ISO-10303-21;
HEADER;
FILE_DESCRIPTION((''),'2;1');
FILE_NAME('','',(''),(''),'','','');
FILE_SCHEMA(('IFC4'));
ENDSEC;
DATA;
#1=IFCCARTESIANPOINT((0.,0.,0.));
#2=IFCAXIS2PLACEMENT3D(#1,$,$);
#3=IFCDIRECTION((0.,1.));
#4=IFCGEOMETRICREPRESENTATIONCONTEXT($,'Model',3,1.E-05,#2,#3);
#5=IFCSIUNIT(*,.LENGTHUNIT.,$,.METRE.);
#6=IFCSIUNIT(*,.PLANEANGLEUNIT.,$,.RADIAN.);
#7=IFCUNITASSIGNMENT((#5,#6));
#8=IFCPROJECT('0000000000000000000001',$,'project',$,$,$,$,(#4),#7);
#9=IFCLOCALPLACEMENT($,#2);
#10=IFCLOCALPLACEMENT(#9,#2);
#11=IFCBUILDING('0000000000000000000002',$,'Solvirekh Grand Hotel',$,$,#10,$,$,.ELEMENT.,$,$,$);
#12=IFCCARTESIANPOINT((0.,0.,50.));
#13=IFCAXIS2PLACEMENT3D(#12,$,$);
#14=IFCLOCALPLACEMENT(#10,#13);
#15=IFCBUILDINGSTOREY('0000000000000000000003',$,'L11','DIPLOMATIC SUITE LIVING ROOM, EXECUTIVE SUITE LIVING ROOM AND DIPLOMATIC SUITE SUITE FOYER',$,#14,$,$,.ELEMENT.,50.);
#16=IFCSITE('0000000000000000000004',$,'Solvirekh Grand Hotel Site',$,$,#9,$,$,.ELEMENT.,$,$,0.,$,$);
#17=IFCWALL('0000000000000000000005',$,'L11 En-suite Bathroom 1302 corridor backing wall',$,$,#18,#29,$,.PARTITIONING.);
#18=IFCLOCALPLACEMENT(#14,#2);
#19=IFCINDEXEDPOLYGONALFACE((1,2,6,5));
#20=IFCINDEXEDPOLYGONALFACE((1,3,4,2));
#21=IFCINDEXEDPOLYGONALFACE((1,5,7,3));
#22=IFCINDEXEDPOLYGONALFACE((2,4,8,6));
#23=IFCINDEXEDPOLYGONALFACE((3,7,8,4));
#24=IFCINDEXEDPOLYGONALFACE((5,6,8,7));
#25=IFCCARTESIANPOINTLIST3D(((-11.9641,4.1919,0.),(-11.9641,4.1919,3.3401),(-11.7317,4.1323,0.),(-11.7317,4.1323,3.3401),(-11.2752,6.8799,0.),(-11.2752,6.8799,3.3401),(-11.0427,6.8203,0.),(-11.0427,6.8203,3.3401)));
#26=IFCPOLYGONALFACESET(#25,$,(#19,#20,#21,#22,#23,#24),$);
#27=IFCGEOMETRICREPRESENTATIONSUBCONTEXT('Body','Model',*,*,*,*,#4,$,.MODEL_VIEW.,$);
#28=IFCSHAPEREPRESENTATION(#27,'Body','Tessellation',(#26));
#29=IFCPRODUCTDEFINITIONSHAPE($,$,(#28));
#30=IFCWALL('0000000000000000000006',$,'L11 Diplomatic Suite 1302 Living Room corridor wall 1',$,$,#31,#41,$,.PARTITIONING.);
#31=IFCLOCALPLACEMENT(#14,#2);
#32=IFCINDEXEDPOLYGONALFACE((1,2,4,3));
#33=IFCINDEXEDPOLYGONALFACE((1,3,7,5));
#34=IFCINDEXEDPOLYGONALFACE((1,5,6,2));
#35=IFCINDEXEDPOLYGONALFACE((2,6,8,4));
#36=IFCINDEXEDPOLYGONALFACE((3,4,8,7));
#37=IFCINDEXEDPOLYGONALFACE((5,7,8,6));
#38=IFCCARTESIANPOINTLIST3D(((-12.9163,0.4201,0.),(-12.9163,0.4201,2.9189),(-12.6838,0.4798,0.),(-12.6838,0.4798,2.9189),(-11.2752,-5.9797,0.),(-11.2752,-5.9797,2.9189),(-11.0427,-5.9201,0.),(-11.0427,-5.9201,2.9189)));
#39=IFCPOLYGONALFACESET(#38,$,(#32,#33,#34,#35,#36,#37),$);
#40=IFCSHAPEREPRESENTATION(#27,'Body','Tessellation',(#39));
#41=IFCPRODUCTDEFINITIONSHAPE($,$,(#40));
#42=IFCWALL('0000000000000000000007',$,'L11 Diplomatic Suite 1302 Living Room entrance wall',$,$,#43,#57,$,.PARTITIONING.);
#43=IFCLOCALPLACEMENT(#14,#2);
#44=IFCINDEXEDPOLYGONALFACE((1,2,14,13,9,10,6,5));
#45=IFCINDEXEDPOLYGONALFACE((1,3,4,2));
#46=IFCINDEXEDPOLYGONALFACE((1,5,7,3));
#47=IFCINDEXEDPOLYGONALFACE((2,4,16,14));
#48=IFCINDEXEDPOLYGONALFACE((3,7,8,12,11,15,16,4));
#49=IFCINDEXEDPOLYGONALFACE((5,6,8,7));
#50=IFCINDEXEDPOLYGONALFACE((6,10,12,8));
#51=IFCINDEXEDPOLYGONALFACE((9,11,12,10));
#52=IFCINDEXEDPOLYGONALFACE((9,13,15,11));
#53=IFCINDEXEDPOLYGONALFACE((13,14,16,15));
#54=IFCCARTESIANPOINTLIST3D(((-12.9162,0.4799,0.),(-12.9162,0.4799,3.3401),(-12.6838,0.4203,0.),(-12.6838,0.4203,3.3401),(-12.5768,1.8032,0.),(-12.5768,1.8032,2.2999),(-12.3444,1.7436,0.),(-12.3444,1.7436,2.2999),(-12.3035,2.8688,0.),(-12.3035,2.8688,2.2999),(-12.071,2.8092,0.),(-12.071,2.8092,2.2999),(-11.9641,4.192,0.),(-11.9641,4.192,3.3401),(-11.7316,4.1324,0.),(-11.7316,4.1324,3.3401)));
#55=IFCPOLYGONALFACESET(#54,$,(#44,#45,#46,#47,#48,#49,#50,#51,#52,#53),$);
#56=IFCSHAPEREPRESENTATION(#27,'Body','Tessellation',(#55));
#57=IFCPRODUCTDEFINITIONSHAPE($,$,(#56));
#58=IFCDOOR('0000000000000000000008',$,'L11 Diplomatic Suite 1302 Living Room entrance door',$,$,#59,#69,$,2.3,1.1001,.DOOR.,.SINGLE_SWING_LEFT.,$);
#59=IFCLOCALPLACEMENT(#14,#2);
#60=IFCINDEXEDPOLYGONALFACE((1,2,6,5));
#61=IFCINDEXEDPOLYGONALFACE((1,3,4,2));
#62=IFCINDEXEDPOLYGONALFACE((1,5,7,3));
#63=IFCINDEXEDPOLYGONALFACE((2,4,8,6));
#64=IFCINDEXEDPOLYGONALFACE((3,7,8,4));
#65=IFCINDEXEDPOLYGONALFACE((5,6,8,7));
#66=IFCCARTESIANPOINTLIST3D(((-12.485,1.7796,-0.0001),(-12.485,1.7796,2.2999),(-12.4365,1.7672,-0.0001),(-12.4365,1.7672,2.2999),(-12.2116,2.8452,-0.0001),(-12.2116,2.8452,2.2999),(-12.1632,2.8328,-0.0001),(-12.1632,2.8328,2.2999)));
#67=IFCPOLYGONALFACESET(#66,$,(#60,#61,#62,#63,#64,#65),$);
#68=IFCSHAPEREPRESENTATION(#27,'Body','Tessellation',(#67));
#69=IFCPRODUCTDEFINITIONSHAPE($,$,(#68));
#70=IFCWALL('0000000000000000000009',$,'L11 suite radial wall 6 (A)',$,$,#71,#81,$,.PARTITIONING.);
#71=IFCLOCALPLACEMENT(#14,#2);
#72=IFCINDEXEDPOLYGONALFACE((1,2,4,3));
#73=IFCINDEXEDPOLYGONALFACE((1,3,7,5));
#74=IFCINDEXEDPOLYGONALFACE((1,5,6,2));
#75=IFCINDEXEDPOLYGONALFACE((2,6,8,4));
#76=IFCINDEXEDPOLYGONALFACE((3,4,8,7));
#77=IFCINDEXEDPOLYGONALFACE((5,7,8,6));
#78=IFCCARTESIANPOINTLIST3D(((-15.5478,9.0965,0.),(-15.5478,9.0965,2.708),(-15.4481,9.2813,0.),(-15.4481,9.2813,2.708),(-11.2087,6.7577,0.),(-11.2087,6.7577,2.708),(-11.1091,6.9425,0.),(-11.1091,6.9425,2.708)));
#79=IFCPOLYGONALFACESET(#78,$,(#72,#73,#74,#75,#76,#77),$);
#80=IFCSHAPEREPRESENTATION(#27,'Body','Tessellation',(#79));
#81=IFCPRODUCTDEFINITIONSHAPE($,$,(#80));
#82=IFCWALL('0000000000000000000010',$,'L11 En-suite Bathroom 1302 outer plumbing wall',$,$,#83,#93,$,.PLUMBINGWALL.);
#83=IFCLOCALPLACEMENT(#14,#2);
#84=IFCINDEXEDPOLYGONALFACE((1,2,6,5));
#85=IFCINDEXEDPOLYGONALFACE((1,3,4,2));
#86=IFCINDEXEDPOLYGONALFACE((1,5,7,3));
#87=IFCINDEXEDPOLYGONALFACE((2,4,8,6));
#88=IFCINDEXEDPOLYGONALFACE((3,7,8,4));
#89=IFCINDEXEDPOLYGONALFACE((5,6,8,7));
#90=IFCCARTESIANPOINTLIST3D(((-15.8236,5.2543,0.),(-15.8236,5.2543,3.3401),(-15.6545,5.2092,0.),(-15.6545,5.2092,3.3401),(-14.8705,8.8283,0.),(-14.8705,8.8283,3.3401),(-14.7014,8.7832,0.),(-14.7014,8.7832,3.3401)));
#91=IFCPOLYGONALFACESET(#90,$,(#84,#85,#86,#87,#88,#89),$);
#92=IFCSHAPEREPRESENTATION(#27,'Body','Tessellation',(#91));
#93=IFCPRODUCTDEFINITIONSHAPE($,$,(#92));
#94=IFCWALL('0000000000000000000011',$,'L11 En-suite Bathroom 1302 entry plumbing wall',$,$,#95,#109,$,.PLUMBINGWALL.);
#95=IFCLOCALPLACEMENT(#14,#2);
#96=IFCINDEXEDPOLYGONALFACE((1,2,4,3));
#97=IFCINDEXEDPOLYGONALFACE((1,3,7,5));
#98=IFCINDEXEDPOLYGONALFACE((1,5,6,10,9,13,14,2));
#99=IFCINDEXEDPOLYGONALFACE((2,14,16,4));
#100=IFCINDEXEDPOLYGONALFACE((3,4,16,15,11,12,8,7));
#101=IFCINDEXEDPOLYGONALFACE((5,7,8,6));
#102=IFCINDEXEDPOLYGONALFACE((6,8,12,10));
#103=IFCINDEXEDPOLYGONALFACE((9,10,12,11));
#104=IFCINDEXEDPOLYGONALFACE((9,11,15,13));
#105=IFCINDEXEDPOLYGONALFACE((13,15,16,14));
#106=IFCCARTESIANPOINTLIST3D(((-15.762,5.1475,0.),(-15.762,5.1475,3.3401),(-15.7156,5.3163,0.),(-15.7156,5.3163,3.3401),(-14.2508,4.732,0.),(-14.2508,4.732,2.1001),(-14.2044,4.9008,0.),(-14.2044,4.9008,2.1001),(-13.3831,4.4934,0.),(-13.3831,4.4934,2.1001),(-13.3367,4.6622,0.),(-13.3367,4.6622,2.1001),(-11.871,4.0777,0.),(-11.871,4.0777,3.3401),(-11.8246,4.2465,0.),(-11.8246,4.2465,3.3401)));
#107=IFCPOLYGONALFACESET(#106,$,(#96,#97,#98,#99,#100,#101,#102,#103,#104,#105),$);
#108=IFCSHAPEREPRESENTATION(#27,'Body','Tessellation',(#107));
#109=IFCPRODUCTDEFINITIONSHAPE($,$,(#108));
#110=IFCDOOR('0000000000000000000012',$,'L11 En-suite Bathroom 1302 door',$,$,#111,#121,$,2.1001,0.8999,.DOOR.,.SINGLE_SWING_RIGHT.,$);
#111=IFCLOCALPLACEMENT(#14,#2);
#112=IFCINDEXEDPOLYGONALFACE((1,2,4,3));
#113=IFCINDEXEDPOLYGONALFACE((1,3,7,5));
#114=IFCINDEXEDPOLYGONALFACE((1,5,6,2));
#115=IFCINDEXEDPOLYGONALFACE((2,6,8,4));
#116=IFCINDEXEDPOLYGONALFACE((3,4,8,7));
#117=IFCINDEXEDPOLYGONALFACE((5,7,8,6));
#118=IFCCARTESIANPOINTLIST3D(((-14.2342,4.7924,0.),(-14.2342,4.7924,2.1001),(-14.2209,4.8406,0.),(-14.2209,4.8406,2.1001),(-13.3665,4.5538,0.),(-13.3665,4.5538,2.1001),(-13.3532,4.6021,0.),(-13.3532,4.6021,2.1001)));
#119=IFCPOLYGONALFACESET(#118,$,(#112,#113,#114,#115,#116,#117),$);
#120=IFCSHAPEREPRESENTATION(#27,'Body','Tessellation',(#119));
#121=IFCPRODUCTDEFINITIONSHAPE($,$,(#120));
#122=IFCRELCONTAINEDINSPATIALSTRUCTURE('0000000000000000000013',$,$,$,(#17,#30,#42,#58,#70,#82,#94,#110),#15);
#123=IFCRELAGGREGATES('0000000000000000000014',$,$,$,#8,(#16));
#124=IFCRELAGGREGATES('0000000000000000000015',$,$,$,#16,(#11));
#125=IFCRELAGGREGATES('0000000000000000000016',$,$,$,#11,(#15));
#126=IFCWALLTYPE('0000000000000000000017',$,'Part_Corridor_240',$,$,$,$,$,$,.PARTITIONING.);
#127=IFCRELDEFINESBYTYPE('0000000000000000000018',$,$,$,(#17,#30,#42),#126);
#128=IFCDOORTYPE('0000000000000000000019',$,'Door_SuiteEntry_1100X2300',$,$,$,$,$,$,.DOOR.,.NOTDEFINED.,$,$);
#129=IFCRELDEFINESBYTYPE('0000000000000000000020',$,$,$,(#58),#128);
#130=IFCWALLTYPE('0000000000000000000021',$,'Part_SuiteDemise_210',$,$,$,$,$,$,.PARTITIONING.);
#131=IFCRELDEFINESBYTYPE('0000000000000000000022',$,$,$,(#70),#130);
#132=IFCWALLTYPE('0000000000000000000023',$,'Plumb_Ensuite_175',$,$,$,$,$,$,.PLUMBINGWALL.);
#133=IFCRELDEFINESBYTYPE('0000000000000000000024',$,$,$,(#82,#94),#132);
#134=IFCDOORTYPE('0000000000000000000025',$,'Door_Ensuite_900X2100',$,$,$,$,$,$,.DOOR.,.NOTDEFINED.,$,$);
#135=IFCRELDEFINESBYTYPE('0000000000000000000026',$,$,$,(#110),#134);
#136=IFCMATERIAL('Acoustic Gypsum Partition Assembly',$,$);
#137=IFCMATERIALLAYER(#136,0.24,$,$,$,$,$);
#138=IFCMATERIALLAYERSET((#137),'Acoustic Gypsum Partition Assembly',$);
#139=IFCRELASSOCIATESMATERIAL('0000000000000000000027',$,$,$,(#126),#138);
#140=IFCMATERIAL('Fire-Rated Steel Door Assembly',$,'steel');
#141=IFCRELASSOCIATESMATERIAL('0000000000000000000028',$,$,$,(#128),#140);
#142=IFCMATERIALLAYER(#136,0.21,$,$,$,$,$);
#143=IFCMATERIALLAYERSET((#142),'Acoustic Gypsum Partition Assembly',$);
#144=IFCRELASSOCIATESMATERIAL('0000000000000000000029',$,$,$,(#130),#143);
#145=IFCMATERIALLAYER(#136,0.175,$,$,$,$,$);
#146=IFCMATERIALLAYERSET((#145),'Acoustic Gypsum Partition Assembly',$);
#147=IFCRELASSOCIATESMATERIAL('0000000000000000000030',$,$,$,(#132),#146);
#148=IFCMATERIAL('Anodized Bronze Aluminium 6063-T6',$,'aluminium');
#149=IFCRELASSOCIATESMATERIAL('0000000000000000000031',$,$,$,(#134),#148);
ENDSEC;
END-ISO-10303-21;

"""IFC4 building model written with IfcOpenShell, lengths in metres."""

from ifc_helpers import new_model, si_unit, direction, frame, frame_2d, origin, place, context, subcontext, project, spatial, rectangle, extrude, material, layer, layer_set, type_object, element, fill, save


model = new_model("IFC4")

# Units and contexts
model_context = context("Model", 3, precision=1e-05, world=origin(), true_north=direction((0.0, 1.0)))
body_context = subcontext(model_context, "Body", "Model", "MODEL_VIEW")
ifc_project = project(units=[si_unit("LENGTHUNIT", "METRE"), si_unit("PLANEANGLEUNIT", "RADIAN")], contexts=[model_context])

# Site, building, storey
site_placement = place(None, origin())
site = spatial("IfcSite", under=ifc_project, at=site_placement, Name="Solvirekh Grand Hotel Site", CompositionType="ELEMENT", RefElevation=0.0)
building_placement = place(site_placement, origin())
building = spatial("IfcBuilding", under=site, at=building_placement, Name="Solvirekh Grand Hotel", CompositionType="ELEMENT")
storey_placement = place(building_placement, frame((0.0, 0.0, 50.0)))
storey = spatial("IfcBuildingStorey", under=building, at=storey_placement, Name="L11", Description="DIPLOMATIC SUITE LIVING ROOM, EXECUTIVE SUITE LIVING ROOM AND DIPLOMATIC SUITE SUITE FOYER", CompositionType="ELEMENT", Elevation=50.0)

# Shared definitions
ifc_material_1 = material(Name="Anodized Bronze Aluminium 6063-T6", Category="aluminium")

# Walls
ifc_material_2 = material(Name="Acoustic Gypsum Partition Assembly")
ifc_layer_1 = layer(ifc_material_2, 0.24)
ifc_layer_set_1 = layer_set([ifc_layer_1], Name="Acoustic Gypsum Partition Assembly")
wall_type_1 = type_object("IfcWallType", Name="Part_Corridor_240", PredefinedType="PARTITIONING", material=ifc_layer_set_1)
wall_1_placement = place(storey_placement, frame((-11.1589, 6.8501, 0.0), z_axis=(0.0, 0.0, 1.0), x_axis=(-0.248286, -0.968687, 0.0)))
element("IfcWall", 1, at=wall_1_placement, inside=storey, type_object=wall_type_1, Name="L11 En-suite Bathroom 1302 corridor backing wall", PredefinedType="PARTITIONING", context=body_context, shape_type="SweptSolid", body=[
    extrude(rectangle(XDim=2.7749, YDim=0.24, at=frame_2d((1.3875, 0.0))), origin(), (0.0, 0.0, 1.0), 3.3401),
])
wall_2_placement = place(storey_placement, frame((-12.8, 0.45, 0.0), z_axis=(0.0, 0.0, 1.0), x_axis=(0.248391, -0.96866, 0.0)))
element("IfcWall", 2, at=wall_2_placement, inside=storey, type_object=wall_type_1, Name="L11 Diplomatic Suite 1302 Living Room corridor wall 1", PredefinedType="PARTITIONING", context=body_context, shape_type="SweptSolid", body=[
    extrude(rectangle(XDim=6.6069, YDim=0.24, at=frame_2d((3.3035, 0.0))), origin(), (0.0, 0.0, 1.0), 2.9189),
])

# Wall, opening, door
wall_3_placement = place(storey_placement, frame((-11.8479, 4.1621, 0.0), z_axis=(0.0, 0.0, 1.0), x_axis=(-0.248452, -0.968644, 0.0)))
wall_3 = element("IfcWall", 3, at=wall_3_placement, inside=storey, type_object=wall_type_1, Name="L11 Diplomatic Suite 1302 Living Room entrance wall", PredefinedType="PARTITIONING", context=body_context, shape_type="SweptSolid", body=[
    extrude(rectangle(XDim=3.8323, YDim=0.24, at=frame_2d((1.916, 0.0))), origin(), (0.0, 0.0, 1.0), 3.3401),
])
opening_1_placement = place(wall_3_placement, frame((1.366, 0.0, 0.0)))
opening_1 = element("IfcOpeningElement", 4, at=opening_1_placement, cuts=wall_3, PredefinedType="OPENING", context=body_context, shape_type="SweptSolid", body=[
    extrude(rectangle(XDim=1.1001, YDim=2.3, at=frame_2d((0.55, 1.1499))), frame((0.0, 0.1299, 0.0), z_axis=(0.0, -1.0, 0.0), x_axis=(1.0, 0.0, 0.0)), (0.0, 0.0, 1.0), 0.26),
])
ifc_material_3 = material(Name="Fire-Rated Steel Door Assembly", Category="steel")
door_type_1 = type_object("IfcDoorType", Name="Door_SuiteEntry_1100X2300", OperationType="NOTDEFINED", PredefinedType="DOOR", material=ifc_material_3)
door_1_placement = place(opening_1_placement, origin())
door_1 = element("IfcDoor", 5, at=door_1_placement, inside=storey, type_object=door_type_1, Name="L11 Diplomatic Suite 1302 Living Room entrance door", OperationType="SINGLE_SWING_LEFT", OverallHeight=2.3, OverallWidth=1.1001, PredefinedType="DOOR", context=body_context, shape_type="SweptSolid", body=[
    extrude(rectangle(XDim=1.1001, YDim=2.3, at=frame_2d((0.55, 1.1499))), frame((0.0, 0.0249, 0.0), z_axis=(0.0, -1.0, 0.0), x_axis=(1.0, 0.0, 0.0)), (0.0, 0.0, 1.0), 0.05),
])
fill(opening_1, door_1)

# Walls
ifc_layer_2 = layer(ifc_material_2, 0.21)
ifc_layer_set_2 = layer_set([ifc_layer_2], Name="Acoustic Gypsum Partition Assembly")
wall_type_2 = type_object("IfcWallType", Name="Part_SuiteDemise_210", PredefinedType="PARTITIONING", material=ifc_layer_set_2)
wall_4_placement = place(storey_placement, frame((-11.1589, 6.8501, 0.0), z_axis=(0.0, 0.0, 1.0), x_axis=(-0.880266, 0.474481, 0.0)))
element("IfcWall", 6, at=wall_4_placement, inside=storey, type_object=wall_type_2, Name="L11 suite radial wall 6 (A)", PredefinedType="PARTITIONING", context=body_context, shape_type="SweptSolid", body=[
    extrude(rectangle(XDim=4.9292, YDim=0.21, at=frame_2d((2.4646, 0.0))), origin(), (0.0, 0.0, 1.0), 2.708),
])
ifc_layer_3 = layer(ifc_material_2, 0.175)
ifc_layer_set_3 = layer_set([ifc_layer_3], Name="Acoustic Gypsum Partition Assembly")
wall_type_3 = type_object("IfcWallType", Name="Plumb_Ensuite_175", PredefinedType="PLUMBINGWALL", material=ifc_layer_set_3)
wall_5_placement = place(storey_placement, frame((-14.7859, 8.8059, 0.0), z_axis=(0.0, 0.0, 1.0), x_axis=(-0.257679, -0.966231, 0.0)))
element("IfcWall", 7, at=wall_5_placement, inside=storey, type_object=wall_type_3, Name="L11 En-suite Bathroom 1302 outer plumbing wall", PredefinedType="PLUMBINGWALL", context=body_context, shape_type="SweptSolid", body=[
    extrude(rectangle(XDim=3.699, YDim=0.175, at=frame_2d((1.8496, 0.0))), origin(), (0.0, 0.0, 1.0), 3.3401),
])

# Wall, opening, door
wall_6_placement = place(storey_placement, frame((-11.8479, 4.1621, 0.0), z_axis=(0.0, 0.0, 1.0), x_axis=(-0.96422, 0.265103, 0.0)))
wall_6 = element("IfcWall", 8, at=wall_6_placement, inside=storey, type_object=wall_type_3, Name="L11 En-suite Bathroom 1302 entry plumbing wall", PredefinedType="PLUMBINGWALL", context=body_context, shape_type="SweptSolid", body=[
    extrude(rectangle(XDim=4.0354, YDim=0.175, at=frame_2d((2.0176, 0.0))), origin(), (0.0, 0.0, 1.0), 3.3401),
])
opening_2_placement = place(wall_6_placement, frame((1.5681, 0.0, 0.0)))
opening_2 = element("IfcOpeningElement", 9, at=opening_2_placement, cuts=wall_6, PredefinedType="OPENING", context=body_context, shape_type="SweptSolid", body=[
    extrude(rectangle(XDim=0.8999, YDim=2.1001, at=frame_2d((0.45, 1.05))), frame((0.0, 0.0977, 0.0), z_axis=(0.0, -1.0, 0.0), x_axis=(1.0, 0.0, 0.0)), (0.0, 0.0, 1.0), 0.1951),
])
door_type_2 = type_object("IfcDoorType", Name="Door_Ensuite_900X2100", OperationType="NOTDEFINED", PredefinedType="DOOR", material=ifc_material_1)
door_2_placement = place(opening_2_placement, origin())
door_2 = element("IfcDoor", 10, at=door_2_placement, inside=storey, type_object=door_type_2, Name="L11 En-suite Bathroom 1302 door", OperationType="SINGLE_SWING_RIGHT", OverallHeight=2.1001, OverallWidth=0.8999, PredefinedType="DOOR", context=body_context, shape_type="SweptSolid", body=[
    extrude(rectangle(XDim=0.8999, YDim=2.1001, at=frame_2d((0.45, 1.05))), frame((0.0, 0.0249, 0.0), z_axis=(0.0, -1.0, 0.0), x_axis=(1.0, 0.0, 0.0)), (0.0, 0.0, 1.0), 0.05),
])
fill(opening_2, door_2)

save(model, "model.ifc")
